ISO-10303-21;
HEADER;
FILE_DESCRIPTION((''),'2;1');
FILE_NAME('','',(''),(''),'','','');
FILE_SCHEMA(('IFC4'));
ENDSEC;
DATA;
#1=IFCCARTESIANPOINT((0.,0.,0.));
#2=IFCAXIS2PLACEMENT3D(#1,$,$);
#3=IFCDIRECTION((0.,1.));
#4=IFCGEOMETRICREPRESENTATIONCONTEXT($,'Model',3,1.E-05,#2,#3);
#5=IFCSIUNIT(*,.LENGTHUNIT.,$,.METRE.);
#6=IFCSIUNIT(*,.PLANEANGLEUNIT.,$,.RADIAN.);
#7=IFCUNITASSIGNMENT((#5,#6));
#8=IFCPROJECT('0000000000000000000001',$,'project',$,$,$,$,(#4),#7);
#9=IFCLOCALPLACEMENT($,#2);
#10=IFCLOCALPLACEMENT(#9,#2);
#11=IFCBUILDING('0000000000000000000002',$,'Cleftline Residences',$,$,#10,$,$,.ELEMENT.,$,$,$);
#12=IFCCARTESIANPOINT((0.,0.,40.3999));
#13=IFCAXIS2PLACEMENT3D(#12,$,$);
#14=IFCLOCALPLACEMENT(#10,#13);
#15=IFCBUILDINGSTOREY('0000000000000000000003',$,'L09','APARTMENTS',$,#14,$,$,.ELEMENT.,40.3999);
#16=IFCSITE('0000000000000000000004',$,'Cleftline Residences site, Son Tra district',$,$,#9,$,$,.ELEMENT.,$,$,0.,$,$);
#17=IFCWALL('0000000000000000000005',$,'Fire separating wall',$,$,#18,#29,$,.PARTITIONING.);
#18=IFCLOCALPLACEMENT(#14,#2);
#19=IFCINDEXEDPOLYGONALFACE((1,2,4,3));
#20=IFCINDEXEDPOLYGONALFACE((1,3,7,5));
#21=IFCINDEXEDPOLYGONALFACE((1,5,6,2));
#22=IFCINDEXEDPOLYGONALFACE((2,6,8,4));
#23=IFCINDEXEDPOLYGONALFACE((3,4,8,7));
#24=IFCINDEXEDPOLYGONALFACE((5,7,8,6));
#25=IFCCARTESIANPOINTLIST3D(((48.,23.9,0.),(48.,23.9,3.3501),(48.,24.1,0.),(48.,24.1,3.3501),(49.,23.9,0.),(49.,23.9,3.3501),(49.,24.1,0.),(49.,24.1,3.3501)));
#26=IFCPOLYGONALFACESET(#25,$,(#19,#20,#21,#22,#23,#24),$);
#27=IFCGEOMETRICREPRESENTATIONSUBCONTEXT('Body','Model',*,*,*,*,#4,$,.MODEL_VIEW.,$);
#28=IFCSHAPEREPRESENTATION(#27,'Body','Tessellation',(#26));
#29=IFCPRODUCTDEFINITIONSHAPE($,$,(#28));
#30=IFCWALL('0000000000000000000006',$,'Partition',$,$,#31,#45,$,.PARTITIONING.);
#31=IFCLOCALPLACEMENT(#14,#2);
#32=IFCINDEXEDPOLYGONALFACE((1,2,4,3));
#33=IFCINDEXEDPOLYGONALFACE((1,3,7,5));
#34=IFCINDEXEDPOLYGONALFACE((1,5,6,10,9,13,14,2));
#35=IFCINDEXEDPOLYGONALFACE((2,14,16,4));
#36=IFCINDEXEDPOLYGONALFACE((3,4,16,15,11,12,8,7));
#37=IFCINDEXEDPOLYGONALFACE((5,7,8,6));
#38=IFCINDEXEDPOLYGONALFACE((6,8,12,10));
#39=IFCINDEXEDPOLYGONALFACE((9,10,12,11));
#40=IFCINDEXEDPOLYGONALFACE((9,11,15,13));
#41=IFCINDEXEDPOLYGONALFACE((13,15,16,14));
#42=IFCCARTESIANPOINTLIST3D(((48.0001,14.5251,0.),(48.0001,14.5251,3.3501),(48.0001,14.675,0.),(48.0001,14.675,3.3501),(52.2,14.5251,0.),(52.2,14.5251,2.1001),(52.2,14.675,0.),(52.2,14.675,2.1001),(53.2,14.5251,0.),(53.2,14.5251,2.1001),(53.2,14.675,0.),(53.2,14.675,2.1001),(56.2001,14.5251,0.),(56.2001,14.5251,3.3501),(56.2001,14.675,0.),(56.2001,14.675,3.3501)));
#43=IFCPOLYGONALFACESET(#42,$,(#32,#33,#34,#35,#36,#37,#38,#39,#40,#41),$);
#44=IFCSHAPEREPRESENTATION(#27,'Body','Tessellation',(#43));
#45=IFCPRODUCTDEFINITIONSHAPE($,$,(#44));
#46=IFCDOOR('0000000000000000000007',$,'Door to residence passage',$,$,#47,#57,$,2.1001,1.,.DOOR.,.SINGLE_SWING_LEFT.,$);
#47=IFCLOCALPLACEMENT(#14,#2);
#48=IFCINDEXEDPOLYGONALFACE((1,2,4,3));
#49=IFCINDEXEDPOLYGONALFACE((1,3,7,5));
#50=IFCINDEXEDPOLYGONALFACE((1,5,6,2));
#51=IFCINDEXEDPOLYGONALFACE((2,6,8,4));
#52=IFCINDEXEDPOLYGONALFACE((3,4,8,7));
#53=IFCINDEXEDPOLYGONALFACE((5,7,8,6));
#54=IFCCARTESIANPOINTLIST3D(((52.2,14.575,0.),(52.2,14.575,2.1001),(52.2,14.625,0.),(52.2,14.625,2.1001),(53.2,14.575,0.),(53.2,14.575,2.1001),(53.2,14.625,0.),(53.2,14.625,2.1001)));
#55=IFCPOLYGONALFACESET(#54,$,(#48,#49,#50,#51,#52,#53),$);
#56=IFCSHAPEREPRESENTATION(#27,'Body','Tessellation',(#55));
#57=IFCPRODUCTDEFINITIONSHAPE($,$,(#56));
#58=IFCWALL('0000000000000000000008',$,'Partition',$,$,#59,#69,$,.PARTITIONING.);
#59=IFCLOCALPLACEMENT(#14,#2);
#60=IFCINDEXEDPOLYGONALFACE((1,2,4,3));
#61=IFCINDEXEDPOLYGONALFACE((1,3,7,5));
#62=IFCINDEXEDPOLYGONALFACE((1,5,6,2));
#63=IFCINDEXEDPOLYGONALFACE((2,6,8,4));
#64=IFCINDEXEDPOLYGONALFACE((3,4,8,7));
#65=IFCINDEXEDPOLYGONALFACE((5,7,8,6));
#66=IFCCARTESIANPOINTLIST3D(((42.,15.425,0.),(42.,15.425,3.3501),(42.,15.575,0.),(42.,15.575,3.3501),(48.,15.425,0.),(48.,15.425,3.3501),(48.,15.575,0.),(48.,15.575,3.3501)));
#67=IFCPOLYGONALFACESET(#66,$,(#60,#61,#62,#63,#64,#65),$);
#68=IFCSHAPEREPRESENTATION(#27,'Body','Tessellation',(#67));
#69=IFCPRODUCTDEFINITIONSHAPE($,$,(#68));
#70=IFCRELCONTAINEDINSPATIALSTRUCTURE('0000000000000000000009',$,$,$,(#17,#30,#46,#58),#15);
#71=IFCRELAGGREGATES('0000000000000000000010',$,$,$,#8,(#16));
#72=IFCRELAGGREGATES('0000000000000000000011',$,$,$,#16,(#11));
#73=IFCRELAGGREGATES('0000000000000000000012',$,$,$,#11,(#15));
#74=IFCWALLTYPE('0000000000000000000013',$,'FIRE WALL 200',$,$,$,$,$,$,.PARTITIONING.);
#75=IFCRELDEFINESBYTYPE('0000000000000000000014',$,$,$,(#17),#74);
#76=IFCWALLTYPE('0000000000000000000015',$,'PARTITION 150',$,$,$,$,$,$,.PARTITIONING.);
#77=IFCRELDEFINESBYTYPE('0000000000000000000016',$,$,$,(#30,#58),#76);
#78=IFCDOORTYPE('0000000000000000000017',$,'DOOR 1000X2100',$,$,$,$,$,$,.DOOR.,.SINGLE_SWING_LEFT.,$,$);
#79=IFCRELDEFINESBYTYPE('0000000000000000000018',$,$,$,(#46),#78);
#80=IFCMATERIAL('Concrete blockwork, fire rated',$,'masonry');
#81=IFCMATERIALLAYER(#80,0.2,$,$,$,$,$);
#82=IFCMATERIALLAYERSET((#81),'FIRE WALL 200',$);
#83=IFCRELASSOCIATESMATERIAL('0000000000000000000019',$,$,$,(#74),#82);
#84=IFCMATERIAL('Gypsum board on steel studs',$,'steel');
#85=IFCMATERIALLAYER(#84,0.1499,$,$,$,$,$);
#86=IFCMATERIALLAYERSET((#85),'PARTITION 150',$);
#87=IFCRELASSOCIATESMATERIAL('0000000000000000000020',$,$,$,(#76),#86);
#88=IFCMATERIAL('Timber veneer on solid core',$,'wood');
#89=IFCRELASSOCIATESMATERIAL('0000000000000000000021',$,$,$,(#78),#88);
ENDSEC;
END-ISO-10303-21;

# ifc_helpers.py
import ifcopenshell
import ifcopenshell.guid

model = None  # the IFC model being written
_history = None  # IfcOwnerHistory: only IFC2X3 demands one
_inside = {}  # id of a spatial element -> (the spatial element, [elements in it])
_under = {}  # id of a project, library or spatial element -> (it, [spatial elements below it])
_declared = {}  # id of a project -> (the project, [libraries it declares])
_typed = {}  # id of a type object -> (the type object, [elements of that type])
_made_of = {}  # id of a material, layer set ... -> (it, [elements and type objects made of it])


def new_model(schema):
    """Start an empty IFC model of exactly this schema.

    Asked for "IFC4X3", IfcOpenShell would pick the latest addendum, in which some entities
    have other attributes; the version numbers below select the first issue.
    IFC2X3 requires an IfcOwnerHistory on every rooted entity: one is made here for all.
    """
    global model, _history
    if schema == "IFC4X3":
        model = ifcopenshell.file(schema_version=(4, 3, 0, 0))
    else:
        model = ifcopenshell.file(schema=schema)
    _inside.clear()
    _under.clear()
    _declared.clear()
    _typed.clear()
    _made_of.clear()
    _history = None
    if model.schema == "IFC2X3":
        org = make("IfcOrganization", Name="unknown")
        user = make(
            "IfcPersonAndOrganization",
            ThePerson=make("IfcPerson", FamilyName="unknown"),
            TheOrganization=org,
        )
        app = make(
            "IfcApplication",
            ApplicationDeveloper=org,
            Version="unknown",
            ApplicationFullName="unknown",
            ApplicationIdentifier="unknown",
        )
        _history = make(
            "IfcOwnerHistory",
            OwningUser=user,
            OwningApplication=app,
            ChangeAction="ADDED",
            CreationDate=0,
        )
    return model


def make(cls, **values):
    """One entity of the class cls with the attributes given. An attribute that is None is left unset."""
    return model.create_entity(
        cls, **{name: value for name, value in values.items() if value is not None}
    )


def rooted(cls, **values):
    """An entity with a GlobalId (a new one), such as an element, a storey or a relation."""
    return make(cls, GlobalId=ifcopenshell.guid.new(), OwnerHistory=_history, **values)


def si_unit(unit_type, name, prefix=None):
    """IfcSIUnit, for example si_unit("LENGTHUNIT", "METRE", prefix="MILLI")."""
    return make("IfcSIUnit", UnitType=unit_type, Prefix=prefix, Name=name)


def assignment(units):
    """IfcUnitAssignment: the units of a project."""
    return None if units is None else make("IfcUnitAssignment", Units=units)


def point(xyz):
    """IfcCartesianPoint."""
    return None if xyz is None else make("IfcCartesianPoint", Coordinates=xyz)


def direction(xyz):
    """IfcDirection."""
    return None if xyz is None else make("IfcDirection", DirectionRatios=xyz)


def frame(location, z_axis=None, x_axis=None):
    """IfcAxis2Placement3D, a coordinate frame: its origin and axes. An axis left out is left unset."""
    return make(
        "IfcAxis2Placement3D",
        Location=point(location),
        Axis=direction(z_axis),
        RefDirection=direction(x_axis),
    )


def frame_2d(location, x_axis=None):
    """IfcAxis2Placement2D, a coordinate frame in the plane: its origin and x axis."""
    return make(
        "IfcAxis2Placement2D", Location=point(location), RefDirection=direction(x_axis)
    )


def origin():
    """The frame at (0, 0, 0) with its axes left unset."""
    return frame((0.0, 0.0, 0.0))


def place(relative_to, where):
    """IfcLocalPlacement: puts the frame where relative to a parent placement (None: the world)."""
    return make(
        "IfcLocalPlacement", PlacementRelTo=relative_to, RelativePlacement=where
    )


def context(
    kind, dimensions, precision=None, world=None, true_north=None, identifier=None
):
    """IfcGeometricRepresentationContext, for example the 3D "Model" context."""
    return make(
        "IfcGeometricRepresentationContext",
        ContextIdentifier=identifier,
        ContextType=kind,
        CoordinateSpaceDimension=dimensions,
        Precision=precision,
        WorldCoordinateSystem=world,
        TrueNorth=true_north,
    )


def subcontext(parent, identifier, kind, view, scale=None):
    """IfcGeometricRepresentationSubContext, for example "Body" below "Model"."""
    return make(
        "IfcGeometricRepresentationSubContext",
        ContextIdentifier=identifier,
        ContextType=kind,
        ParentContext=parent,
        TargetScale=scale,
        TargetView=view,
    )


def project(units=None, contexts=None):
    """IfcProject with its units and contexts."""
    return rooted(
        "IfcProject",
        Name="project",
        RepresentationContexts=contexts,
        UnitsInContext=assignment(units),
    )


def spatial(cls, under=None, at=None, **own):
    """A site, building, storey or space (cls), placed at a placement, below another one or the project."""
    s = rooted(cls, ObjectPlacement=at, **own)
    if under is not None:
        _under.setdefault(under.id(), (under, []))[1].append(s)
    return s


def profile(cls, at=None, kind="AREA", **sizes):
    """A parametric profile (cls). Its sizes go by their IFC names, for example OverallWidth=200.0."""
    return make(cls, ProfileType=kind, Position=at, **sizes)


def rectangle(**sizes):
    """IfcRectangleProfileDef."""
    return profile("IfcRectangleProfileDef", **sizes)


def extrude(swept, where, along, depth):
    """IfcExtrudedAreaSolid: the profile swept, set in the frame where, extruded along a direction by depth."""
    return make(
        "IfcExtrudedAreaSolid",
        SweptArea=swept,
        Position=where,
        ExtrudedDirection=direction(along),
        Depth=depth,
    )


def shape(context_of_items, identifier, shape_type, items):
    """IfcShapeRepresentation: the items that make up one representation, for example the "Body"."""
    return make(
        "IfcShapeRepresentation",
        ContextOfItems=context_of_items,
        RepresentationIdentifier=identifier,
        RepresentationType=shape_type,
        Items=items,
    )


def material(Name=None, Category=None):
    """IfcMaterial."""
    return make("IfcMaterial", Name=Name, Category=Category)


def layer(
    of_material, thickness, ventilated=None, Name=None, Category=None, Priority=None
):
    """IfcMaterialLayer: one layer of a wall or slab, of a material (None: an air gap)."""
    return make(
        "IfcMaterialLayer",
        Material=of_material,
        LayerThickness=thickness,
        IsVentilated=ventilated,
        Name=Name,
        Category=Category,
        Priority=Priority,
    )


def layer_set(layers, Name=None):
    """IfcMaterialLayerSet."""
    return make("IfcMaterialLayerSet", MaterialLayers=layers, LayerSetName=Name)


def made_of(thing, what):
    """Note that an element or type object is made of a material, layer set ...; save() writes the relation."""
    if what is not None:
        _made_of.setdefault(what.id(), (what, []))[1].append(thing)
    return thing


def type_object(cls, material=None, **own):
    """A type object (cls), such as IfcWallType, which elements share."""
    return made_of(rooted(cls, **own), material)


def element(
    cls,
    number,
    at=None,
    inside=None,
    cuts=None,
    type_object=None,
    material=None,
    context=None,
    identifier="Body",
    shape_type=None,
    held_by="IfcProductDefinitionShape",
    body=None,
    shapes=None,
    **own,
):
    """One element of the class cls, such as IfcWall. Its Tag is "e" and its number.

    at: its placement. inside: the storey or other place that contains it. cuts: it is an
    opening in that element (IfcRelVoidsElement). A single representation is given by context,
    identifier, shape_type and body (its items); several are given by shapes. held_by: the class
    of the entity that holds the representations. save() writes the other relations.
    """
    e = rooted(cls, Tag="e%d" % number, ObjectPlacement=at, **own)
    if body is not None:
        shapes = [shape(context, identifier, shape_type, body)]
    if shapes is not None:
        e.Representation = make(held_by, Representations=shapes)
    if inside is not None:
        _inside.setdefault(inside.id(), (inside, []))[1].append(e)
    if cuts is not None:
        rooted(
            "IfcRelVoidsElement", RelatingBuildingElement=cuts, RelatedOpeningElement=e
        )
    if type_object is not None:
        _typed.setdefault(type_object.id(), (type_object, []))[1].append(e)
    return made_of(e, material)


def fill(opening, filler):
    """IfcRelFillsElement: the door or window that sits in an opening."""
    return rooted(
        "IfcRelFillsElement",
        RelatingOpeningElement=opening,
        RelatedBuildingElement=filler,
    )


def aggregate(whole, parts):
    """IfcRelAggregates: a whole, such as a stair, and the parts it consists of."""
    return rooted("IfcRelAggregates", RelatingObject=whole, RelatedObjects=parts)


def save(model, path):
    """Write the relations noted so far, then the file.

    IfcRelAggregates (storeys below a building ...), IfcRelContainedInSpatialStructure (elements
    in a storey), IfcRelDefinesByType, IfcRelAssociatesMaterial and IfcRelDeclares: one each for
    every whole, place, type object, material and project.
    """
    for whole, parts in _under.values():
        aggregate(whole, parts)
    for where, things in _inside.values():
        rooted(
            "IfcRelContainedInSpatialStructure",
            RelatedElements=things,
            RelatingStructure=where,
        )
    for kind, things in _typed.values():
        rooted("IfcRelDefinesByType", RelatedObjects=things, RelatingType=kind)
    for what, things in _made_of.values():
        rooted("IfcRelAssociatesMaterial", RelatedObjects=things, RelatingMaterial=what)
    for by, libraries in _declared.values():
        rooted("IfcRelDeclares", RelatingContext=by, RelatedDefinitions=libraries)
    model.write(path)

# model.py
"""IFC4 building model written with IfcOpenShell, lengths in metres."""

from ifc_helpers import new_model, si_unit, direction, frame, frame_2d, origin, place, context, subcontext, project, spatial, rectangle, extrude, material, layer, layer_set, type_object, element, fill, save


model = new_model("IFC4")

# Units and contexts
model_context = context("Model", 3, precision=1e-05, world=origin(), true_north=direction((0.0, 1.0)))
body_context = subcontext(model_context, "Body", "Model", "MODEL_VIEW")
ifc_project = project(units=[si_unit("LENGTHUNIT", "METRE"), si_unit("PLANEANGLEUNIT", "RADIAN")], contexts=[model_context])

# Site, building, storey
site_placement = place(None, origin())
site = spatial("IfcSite", under=ifc_project, at=site_placement, Name="Cleftline Residences site, Son Tra district", CompositionType="ELEMENT", RefElevation=0.0)
building_placement = place(site_placement, origin())
building = spatial("IfcBuilding", under=site, at=building_placement, Name="Cleftline Residences", CompositionType="ELEMENT")
storey_placement = place(building_placement, frame((0.0, 0.0, 40.3999)))
storey = spatial("IfcBuildingStorey", under=building, at=storey_placement, Name="L09", Description="APARTMENTS", CompositionType="ELEMENT", Elevation=40.3999)

# Shared definitions
ifc_material_1 = material(Name="Concrete blockwork, fire rated", Category="masonry")
ifc_layer_1 = layer(ifc_material_1, 0.2)
ifc_layer_set_1 = layer_set([ifc_layer_1], Name="FIRE WALL 200")
wall_type_1 = type_object("IfcWallType", Name="FIRE WALL 200", PredefinedType="PARTITIONING", material=ifc_layer_set_1)

# Wall
wall_1_placement = place(storey_placement, frame((48.0, 24.0, 0.0), z_axis=(0.0, 0.0, 1.0), x_axis=(1.0, 0.0, 0.0)))
element("IfcWall", 1, at=wall_1_placement, inside=storey, type_object=wall_type_1, Name="Fire separating wall", PredefinedType="PARTITIONING", context=body_context, shape_type="SweptSolid", body=[
    extrude(rectangle(XDim=1.0, YDim=0.2, at=frame_2d((0.5, 0.0))), origin(), (0.0, 0.0, 1.0), 3.3501),
])

# Wall, opening, door
ifc_material_2 = material(Name="Gypsum board on steel studs", Category="steel")
ifc_layer_2 = layer(ifc_material_2, 0.1499)
ifc_layer_set_2 = layer_set([ifc_layer_2], Name="PARTITION 150")
wall_type_2 = type_object("IfcWallType", Name="PARTITION 150", PredefinedType="PARTITIONING", material=ifc_layer_set_2)
wall_2_placement = place(storey_placement, frame((48.0, 14.6001, 0.0), z_axis=(0.0, 0.0, 1.0), x_axis=(1.0, 0.0, 0.0)))
wall_2 = element("IfcWall", 2, at=wall_2_placement, inside=storey, type_object=wall_type_2, Name="Partition", PredefinedType="PARTITIONING", context=body_context, shape_type="SweptSolid", body=[
    extrude(rectangle(XDim=8.2, YDim=0.1499, at=frame_2d((4.1001, 0.0))), origin(), (0.0, 0.0, 1.0), 3.3501),
])
opening_1_placement = place(wall_2_placement, frame((4.2, 0.0, 0.0)))
opening_1 = element("IfcOpeningElement", 3, at=opening_1_placement, cuts=wall_2, PredefinedType="OPENING", context=body_context, shape_type="SweptSolid", body=[
    extrude(rectangle(XDim=1.0, YDim=2.1001, at=frame_2d((0.5, 1.05))), frame((0.0, 0.085, 0.0), z_axis=(0.0, -1.0, 0.0), x_axis=(1.0, 0.0, 0.0)), (0.0, 0.0, 1.0), 0.1699),
])
ifc_material_3 = material(Name="Timber veneer on solid core", Category="wood")
door_type_1 = type_object("IfcDoorType", Name="DOOR 1000X2100", OperationType="SINGLE_SWING_LEFT", PredefinedType="DOOR", material=ifc_material_3)
door_1_placement = place(opening_1_placement, origin())
door_1 = element("IfcDoor", 4, at=door_1_placement, inside=storey, type_object=door_type_1, Name="Door to residence passage", OperationType="SINGLE_SWING_LEFT", OverallHeight=2.1001, OverallWidth=1.0, PredefinedType="DOOR", context=body_context, shape_type="SweptSolid", body=[
    extrude(rectangle(XDim=1.0, YDim=2.1001, at=frame_2d((0.5, 1.05))), frame((0.0, 0.0249, 0.0), z_axis=(0.0, -1.0, 0.0), x_axis=(1.0, 0.0, 0.0)), (0.0, 0.0, 1.0), 0.05),
])
fill(opening_1, door_1)

# Wall
wall_3_placement = place(storey_placement, frame((42.0, 15.5, 0.0), z_axis=(0.0, 0.0, 1.0), x_axis=(1.0, 0.0, 0.0)))
element("IfcWall", 5, at=wall_3_placement, inside=storey, type_object=wall_type_2, Name="Partition", PredefinedType="PARTITIONING", context=body_context, shape_type="SweptSolid", body=[
    extrude(rectangle(XDim=6.0, YDim=0.1499, at=frame_2d((3.0, 0.0))), origin(), (0.0, 0.0, 1.0), 3.3501),
])

save(model, "model.ifc")
